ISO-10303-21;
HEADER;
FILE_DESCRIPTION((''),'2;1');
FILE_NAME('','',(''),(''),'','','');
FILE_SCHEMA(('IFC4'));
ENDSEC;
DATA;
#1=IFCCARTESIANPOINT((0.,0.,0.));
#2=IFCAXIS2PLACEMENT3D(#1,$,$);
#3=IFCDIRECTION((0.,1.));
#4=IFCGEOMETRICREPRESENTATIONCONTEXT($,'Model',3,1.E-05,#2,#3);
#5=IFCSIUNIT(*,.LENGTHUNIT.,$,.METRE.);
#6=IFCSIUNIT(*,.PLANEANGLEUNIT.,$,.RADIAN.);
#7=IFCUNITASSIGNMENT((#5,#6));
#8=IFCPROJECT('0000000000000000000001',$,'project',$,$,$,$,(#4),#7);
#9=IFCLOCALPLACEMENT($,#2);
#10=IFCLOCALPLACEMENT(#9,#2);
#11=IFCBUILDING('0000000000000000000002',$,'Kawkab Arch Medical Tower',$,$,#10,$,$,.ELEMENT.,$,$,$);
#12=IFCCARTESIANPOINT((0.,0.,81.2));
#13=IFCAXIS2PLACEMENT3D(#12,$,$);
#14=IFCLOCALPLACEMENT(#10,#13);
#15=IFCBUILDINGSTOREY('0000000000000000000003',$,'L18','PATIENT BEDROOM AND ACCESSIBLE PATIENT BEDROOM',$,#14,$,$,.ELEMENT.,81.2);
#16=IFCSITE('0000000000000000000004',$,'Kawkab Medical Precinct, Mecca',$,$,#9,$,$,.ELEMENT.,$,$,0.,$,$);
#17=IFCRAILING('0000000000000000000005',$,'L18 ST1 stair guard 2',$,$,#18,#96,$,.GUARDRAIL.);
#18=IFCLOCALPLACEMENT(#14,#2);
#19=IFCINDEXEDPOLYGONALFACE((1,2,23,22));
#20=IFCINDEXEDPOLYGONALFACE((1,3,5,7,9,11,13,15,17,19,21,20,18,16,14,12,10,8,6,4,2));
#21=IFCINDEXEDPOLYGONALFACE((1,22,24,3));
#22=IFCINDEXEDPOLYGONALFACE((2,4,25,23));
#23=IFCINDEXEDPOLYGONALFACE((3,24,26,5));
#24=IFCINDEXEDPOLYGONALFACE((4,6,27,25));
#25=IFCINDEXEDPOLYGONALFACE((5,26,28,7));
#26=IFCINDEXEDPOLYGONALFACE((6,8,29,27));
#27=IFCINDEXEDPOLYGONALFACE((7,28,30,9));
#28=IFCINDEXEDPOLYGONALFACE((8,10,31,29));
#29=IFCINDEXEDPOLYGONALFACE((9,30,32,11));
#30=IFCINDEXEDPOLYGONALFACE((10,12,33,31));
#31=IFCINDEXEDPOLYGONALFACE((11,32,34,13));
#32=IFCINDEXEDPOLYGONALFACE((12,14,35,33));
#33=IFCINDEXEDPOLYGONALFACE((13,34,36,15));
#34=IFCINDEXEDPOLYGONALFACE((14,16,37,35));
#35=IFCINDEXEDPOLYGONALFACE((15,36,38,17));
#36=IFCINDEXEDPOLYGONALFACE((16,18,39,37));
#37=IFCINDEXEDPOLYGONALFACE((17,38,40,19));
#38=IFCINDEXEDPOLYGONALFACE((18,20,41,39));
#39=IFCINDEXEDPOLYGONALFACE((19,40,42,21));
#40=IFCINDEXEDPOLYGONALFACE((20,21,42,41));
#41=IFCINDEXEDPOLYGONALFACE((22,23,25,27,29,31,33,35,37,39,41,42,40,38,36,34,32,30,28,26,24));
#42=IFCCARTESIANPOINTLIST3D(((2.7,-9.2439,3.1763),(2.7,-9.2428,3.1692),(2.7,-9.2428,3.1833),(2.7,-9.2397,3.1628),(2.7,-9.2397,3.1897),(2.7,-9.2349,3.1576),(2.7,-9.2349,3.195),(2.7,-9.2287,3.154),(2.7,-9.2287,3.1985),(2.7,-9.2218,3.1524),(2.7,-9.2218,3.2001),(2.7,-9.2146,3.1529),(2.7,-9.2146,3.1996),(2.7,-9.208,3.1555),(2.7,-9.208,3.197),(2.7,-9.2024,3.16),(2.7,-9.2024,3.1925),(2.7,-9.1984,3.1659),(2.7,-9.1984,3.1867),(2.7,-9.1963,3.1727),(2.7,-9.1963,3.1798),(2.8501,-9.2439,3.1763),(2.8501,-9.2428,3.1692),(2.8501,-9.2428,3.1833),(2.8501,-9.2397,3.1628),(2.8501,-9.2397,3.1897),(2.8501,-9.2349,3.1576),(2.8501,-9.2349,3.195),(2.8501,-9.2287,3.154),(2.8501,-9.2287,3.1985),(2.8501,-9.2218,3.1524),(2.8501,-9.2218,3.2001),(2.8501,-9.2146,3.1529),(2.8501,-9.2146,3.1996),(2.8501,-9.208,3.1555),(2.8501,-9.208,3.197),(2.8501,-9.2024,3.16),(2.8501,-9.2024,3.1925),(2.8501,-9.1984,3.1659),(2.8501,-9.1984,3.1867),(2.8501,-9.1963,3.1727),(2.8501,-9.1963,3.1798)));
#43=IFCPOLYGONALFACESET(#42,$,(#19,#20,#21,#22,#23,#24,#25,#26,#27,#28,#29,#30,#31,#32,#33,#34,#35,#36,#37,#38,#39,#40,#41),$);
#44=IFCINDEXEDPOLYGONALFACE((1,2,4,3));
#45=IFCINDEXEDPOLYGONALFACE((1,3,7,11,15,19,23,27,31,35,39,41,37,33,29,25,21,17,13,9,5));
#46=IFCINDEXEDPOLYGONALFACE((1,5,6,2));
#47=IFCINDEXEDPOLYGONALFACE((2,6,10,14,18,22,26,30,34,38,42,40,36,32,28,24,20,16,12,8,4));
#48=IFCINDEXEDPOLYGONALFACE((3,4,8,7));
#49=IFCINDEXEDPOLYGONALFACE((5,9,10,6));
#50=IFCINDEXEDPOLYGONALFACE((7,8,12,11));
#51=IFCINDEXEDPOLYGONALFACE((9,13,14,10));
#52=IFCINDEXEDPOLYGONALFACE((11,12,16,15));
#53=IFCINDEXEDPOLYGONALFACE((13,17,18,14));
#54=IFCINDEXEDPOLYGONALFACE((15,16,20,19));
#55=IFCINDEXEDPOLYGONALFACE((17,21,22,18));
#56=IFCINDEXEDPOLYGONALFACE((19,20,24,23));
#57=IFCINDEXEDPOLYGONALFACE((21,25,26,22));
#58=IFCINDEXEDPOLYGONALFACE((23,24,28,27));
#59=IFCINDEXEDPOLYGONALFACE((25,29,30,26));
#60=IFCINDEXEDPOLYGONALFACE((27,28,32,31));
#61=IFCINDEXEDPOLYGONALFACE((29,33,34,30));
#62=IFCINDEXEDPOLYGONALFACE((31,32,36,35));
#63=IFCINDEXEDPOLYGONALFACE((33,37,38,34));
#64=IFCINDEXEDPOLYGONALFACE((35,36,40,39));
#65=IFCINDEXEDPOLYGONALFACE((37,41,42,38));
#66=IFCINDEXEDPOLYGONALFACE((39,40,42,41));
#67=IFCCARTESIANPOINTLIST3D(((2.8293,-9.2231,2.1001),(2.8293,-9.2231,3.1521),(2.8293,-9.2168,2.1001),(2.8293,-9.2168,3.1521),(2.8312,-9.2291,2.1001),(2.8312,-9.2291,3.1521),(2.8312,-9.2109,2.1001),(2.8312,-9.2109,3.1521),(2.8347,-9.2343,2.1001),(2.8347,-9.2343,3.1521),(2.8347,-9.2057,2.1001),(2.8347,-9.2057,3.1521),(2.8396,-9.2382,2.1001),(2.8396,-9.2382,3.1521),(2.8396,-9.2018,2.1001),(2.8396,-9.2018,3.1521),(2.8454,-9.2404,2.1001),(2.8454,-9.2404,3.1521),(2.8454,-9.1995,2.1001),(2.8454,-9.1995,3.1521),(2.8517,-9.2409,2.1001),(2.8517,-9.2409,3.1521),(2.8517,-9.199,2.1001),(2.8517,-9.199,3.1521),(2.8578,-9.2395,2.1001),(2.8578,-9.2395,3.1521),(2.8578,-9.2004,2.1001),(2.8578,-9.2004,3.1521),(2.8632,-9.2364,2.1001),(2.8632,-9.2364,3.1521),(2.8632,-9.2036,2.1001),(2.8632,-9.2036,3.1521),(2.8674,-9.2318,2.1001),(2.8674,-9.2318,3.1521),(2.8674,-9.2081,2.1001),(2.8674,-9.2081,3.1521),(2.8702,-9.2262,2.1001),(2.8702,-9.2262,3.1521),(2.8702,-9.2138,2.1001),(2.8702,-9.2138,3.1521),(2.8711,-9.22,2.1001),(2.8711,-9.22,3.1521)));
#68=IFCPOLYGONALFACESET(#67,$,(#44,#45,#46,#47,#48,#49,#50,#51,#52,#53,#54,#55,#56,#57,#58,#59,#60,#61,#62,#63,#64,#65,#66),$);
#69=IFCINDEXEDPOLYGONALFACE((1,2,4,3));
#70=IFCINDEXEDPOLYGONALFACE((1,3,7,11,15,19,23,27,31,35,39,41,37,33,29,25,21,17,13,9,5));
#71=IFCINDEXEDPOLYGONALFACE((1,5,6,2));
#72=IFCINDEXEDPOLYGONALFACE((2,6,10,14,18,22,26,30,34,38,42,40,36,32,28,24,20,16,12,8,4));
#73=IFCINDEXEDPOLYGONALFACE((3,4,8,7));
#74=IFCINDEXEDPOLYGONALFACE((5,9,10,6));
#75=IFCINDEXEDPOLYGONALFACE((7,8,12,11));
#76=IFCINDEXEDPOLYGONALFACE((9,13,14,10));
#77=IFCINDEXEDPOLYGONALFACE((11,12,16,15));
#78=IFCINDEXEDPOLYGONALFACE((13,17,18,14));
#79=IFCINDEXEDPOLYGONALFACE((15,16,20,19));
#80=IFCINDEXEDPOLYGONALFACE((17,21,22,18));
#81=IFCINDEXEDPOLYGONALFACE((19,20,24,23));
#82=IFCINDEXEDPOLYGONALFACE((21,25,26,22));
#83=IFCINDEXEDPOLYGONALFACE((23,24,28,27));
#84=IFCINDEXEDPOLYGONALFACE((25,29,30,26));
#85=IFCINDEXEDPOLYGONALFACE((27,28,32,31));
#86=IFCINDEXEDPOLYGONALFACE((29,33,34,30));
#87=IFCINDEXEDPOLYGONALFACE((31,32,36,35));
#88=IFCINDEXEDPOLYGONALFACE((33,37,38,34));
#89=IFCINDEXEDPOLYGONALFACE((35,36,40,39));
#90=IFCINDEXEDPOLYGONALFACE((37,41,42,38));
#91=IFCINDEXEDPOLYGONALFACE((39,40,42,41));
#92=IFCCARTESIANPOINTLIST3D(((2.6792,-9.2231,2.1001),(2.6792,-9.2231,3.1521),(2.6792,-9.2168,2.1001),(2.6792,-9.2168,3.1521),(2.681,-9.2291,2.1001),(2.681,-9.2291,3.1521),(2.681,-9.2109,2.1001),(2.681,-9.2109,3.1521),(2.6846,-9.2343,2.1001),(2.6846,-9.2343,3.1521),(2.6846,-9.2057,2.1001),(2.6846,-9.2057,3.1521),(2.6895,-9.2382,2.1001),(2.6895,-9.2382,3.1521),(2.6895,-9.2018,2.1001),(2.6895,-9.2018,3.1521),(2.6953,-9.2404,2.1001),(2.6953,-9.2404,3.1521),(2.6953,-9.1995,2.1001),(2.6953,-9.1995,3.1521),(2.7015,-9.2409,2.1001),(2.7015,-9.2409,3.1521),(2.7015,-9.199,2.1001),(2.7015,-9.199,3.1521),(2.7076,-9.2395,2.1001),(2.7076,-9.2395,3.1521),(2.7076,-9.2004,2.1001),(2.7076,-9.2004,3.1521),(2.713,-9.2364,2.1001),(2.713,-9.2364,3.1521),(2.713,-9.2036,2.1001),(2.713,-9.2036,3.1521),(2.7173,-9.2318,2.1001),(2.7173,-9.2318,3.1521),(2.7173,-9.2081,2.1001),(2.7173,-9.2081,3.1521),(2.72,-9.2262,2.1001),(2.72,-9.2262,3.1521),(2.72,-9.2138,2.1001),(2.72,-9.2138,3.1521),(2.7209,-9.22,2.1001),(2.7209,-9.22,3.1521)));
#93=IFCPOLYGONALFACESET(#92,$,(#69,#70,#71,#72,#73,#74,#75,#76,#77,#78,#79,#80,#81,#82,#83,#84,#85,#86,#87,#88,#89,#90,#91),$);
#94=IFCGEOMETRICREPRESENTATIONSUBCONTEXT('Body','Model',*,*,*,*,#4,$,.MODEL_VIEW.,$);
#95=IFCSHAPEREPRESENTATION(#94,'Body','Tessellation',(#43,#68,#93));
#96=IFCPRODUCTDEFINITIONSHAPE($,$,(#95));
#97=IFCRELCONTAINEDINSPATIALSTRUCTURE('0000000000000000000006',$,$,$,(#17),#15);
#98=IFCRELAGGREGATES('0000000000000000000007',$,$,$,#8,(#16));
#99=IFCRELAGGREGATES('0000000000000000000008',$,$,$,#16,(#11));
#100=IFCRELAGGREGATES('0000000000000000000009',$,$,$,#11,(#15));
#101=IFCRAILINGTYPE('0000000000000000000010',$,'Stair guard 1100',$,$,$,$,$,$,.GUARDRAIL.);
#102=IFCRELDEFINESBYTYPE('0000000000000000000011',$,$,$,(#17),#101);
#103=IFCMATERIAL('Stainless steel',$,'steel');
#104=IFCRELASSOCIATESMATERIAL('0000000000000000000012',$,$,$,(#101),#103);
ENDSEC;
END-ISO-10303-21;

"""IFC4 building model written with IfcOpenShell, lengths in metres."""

from ifc_helpers import new_model, si_unit, direction, frame, origin, origin_2d, place, context, subcontext, project, spatial, circle, extrude, material, type_object, element, save


model = new_model("IFC4")

# Units and contexts
model_context = context("Model", 3, precision=1e-05, world=origin(), true_north=direction((0.0, 1.0)))
body_context = subcontext(model_context, "Body", "Model", "MODEL_VIEW")
ifc_project = project(units=[si_unit("LENGTHUNIT", "METRE"), si_unit("PLANEANGLEUNIT", "RADIAN")], contexts=[model_context])

# Site, building, storey
site_placement = place(None, origin())
site = spatial("IfcSite", under=ifc_project, at=site_placement, Name="Kawkab Medical Precinct, Mecca", CompositionType="ELEMENT", RefElevation=0.0)
building_placement = place(site_placement, origin())
building = spatial("IfcBuilding", under=site, at=building_placement, Name="Kawkab Arch Medical Tower", CompositionType="ELEMENT")
storey_placement = place(building_placement, frame((0.0, 0.0, 81.2)))
storey = spatial("IfcBuildingStorey", under=building, at=storey_placement, Name="L18", Description="PATIENT BEDROOM AND ACCESSIBLE PATIENT BEDROOM", CompositionType="ELEMENT", Elevation=81.2)

# Railing
ifc_material_1 = material(Name="Stainless steel", Category="steel")
railing_type_1 = type_object("IfcRailingType", Name="Stair guard 1100", PredefinedType="GUARDRAIL", material=ifc_material_1)
railing_1_placement = place(storey_placement, frame((2.8501, -9.22, 2.1001)))
element("IfcRailing", 1, at=railing_1_placement, inside=storey, type_object=railing_type_1, Name="L18 ST1 stair guard 2", PredefinedType="GUARDRAIL", context=body_context, shape_type="SweptSolid", body=[
    extrude(circle(Radius=0.0239, at=origin_2d()), frame((0.0, 0.0, 1.0762), z_axis=(-1.0, 0.0, 0.0), x_axis=(0.0, -1.0, 0.0)), (0.0, 0.0, 1.0), 0.1501),
    extrude(circle(Radius=0.021, at=origin_2d()), origin(), (0.0, 0.0, 1.0), 1.052),
    extrude(circle(Radius=0.021, at=origin_2d()), frame((-0.1501, 0.0, 0.0)), (0.0, 0.0, 1.0), 1.052),
])

save(model, "model.ifc")
